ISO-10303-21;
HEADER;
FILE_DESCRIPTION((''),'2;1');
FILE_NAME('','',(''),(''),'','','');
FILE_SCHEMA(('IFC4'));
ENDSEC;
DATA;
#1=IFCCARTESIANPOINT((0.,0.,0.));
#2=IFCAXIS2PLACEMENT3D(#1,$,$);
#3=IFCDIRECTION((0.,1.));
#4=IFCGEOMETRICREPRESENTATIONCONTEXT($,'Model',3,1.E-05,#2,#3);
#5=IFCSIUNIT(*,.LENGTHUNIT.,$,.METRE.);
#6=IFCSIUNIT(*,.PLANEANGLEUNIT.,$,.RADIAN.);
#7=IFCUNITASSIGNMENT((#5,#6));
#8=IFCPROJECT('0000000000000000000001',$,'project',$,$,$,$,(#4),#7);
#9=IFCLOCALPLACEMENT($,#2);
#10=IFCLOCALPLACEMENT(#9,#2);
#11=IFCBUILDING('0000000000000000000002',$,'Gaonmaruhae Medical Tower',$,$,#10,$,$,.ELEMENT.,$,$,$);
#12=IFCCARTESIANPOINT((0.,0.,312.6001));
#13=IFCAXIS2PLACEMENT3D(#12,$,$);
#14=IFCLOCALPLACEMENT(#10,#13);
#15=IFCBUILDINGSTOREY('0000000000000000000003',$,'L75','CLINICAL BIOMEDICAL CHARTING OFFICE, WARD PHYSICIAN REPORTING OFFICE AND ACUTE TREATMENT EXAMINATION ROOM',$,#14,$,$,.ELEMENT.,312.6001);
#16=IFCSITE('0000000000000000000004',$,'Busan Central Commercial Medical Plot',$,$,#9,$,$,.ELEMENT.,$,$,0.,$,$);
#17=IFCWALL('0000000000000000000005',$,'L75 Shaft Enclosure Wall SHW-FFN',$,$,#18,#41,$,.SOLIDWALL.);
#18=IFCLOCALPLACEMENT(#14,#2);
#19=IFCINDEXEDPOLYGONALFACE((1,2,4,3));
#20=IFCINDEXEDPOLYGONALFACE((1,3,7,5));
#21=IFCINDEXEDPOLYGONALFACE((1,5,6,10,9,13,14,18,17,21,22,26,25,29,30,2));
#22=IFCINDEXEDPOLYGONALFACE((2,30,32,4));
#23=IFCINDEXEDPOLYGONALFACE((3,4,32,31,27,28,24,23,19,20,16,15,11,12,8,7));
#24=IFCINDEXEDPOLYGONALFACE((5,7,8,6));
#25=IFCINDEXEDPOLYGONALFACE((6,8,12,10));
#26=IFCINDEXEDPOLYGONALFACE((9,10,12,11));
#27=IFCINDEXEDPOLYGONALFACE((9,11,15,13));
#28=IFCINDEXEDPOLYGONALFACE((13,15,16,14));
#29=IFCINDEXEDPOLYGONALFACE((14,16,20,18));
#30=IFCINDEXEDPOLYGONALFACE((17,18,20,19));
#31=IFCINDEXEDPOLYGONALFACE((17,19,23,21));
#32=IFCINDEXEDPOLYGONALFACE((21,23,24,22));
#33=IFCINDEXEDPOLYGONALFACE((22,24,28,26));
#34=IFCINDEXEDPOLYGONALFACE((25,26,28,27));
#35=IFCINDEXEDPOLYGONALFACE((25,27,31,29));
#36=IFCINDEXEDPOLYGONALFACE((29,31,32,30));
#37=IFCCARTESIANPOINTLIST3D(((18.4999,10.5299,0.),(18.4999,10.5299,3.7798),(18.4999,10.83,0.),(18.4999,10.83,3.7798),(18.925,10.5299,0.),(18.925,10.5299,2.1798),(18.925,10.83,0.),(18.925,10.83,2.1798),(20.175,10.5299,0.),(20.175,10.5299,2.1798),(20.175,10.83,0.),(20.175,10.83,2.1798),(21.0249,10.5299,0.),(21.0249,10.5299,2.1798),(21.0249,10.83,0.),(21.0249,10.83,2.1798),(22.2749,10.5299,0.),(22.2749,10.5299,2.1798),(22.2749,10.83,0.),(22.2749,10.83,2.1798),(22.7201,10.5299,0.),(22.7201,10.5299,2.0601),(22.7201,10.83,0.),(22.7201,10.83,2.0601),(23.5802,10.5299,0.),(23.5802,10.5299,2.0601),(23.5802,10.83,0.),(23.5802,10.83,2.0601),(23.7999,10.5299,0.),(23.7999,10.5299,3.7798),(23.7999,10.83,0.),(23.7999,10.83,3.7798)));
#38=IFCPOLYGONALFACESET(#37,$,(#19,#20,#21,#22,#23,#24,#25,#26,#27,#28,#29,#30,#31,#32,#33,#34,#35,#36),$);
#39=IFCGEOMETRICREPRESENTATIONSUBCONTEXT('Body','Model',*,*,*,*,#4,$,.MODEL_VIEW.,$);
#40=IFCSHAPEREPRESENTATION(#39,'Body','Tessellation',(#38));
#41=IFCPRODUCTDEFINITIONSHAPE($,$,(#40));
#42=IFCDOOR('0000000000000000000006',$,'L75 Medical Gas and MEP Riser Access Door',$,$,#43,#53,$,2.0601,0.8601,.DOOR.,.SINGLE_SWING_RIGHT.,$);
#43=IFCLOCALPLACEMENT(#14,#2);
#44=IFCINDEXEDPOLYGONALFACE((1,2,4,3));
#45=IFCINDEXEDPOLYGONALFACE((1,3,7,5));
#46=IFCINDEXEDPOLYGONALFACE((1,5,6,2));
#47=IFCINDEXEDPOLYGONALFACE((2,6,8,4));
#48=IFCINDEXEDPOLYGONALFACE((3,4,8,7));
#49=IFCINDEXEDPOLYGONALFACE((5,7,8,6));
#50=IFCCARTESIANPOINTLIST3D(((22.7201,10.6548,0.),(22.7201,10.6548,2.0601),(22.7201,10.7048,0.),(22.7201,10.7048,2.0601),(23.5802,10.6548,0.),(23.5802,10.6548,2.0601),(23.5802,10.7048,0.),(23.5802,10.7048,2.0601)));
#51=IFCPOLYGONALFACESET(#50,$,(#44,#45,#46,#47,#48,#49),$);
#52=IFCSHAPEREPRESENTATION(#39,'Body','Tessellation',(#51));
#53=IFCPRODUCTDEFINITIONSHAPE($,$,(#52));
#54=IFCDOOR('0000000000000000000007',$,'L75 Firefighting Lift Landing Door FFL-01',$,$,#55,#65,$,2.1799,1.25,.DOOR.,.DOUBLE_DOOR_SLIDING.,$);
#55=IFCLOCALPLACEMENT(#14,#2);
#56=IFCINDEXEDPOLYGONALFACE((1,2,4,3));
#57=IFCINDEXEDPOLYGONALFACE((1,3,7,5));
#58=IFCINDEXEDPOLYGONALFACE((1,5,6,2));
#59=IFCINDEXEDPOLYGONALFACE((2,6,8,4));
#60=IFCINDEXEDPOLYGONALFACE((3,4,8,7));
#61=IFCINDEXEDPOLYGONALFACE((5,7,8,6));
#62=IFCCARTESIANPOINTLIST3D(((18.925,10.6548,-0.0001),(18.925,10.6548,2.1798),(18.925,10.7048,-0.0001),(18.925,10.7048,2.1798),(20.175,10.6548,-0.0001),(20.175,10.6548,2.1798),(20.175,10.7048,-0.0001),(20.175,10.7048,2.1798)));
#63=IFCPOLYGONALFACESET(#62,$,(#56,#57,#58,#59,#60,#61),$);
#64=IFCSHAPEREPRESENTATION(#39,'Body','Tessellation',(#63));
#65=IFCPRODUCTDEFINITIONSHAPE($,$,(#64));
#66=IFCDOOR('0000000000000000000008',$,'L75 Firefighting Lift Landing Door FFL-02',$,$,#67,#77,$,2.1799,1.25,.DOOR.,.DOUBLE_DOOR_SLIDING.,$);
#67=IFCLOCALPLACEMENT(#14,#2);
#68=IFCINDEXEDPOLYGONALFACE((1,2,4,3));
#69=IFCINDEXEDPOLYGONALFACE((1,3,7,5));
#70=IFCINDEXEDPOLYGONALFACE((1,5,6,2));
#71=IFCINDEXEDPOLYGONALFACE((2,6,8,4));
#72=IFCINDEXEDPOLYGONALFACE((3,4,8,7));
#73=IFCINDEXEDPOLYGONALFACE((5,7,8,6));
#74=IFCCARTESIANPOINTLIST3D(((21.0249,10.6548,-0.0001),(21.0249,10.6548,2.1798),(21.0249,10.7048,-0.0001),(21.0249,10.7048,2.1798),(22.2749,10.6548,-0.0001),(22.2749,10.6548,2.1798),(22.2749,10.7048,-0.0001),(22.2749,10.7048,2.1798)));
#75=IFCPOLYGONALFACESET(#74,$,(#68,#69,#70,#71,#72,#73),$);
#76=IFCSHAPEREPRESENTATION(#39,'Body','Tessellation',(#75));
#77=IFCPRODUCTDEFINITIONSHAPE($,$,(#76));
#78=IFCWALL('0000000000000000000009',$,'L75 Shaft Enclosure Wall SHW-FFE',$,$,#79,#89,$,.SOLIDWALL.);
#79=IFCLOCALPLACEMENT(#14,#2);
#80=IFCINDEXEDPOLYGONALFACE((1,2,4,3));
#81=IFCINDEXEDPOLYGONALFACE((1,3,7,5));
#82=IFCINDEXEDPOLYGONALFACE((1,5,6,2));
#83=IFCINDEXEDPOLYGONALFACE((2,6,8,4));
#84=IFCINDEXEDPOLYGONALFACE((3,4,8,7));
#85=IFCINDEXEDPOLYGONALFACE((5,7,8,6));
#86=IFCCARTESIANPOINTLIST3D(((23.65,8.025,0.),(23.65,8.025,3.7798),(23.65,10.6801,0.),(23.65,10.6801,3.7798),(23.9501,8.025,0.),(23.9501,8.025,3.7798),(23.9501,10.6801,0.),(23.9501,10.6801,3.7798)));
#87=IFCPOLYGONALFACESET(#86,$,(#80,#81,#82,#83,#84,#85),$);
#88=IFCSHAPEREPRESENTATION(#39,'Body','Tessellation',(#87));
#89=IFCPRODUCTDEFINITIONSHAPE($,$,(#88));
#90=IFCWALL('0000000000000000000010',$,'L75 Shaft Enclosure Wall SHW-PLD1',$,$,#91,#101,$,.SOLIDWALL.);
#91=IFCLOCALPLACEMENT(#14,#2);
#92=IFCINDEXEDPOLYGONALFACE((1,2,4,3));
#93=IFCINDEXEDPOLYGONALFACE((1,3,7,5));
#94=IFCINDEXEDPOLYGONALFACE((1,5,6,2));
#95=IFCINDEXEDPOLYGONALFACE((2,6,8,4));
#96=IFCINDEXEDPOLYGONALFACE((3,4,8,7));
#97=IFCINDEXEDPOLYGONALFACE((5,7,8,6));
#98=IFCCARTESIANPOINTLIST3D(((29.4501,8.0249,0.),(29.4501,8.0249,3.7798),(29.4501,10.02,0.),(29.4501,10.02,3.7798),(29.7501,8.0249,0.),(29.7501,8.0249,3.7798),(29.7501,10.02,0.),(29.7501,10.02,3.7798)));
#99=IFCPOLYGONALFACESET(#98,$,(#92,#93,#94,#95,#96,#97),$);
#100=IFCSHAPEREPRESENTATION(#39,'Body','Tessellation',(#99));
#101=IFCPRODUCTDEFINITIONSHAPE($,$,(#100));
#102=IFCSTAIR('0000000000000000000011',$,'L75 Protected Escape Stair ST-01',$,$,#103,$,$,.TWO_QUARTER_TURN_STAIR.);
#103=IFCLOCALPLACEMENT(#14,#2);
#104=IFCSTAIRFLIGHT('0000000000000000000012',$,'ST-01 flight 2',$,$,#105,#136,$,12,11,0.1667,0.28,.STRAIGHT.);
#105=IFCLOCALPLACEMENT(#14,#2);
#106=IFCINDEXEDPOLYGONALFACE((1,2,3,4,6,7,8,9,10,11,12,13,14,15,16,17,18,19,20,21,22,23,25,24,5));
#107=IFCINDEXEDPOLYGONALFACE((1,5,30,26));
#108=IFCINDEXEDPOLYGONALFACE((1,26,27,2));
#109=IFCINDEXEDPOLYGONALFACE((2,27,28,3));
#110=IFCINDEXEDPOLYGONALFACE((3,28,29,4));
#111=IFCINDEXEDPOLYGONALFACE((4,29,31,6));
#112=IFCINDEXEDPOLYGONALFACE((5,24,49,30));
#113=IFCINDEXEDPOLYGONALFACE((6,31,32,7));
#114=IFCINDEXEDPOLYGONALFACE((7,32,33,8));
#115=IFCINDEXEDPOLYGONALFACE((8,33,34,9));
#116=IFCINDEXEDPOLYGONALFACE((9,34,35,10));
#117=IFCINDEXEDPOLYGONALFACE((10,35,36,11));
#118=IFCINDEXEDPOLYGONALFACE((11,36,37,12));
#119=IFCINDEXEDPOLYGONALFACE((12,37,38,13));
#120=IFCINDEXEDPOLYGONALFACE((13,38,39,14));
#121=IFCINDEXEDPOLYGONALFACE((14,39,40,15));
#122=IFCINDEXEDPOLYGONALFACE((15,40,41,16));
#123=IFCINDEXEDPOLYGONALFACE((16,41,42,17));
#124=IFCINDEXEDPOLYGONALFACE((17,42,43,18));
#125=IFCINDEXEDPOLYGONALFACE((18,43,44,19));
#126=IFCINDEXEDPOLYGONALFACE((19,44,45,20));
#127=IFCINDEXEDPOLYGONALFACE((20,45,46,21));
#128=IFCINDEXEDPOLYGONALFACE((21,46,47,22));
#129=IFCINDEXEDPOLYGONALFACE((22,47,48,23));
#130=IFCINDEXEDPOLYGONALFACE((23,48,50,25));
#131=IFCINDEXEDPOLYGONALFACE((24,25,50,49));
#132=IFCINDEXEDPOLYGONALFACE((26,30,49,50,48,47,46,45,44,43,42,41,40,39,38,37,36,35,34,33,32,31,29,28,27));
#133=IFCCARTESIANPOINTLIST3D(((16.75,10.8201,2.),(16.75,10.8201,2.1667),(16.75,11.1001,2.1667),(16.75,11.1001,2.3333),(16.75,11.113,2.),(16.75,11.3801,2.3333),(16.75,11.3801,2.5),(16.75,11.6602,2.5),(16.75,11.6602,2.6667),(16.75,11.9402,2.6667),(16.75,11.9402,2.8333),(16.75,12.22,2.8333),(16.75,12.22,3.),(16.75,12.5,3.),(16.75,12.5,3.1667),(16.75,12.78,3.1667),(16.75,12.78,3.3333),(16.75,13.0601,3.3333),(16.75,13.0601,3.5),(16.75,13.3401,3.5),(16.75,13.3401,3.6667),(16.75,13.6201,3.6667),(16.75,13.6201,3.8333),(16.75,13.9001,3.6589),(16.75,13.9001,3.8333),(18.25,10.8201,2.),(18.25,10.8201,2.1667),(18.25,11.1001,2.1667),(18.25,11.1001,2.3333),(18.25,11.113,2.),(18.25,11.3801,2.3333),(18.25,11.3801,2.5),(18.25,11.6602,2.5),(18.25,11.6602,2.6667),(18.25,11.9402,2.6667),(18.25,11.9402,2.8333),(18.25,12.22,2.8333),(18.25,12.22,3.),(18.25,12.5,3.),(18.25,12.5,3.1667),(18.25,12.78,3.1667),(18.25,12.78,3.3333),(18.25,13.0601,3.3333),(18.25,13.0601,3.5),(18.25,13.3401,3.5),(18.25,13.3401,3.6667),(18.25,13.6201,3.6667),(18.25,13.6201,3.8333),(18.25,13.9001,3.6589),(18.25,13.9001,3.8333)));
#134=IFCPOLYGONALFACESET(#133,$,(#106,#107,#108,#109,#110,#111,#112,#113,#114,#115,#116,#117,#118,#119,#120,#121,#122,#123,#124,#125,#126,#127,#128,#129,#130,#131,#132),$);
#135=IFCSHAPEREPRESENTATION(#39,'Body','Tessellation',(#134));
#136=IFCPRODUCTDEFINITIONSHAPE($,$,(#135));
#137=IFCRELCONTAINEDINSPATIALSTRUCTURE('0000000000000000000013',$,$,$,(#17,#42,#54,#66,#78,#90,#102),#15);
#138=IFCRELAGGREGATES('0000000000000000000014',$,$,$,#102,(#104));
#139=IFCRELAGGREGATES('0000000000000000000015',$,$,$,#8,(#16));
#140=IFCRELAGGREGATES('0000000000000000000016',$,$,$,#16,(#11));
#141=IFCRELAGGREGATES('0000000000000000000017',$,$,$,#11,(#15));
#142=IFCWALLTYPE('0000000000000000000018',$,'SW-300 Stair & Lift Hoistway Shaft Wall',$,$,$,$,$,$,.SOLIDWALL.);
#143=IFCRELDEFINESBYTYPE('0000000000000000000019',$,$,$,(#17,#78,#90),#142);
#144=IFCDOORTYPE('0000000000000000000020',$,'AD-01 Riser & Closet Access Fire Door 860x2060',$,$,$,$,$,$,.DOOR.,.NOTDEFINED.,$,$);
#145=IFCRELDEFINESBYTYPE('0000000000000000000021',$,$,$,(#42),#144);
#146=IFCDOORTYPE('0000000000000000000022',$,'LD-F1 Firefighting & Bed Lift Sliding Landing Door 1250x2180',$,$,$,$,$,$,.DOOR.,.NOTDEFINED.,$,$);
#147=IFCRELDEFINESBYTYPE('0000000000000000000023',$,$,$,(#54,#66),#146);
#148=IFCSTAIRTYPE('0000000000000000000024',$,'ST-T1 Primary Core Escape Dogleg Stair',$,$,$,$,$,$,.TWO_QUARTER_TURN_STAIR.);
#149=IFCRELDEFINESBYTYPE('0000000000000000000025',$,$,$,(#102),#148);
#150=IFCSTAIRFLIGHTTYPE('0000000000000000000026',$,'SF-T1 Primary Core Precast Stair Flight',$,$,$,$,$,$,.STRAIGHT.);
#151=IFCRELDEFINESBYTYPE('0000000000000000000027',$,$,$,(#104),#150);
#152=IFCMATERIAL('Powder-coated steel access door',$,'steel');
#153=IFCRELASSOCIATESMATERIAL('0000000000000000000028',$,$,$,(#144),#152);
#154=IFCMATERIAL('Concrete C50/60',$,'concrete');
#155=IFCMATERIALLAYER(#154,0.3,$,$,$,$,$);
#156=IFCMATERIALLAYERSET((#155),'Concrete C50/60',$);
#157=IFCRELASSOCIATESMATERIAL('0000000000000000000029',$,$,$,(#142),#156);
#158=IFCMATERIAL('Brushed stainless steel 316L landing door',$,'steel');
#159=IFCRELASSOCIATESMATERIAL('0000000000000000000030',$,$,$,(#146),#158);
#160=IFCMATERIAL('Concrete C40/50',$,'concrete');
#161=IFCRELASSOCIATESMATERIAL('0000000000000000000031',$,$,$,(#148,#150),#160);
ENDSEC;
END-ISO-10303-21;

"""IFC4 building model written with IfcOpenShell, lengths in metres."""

from ifc_helpers import new_model, si_unit, direction, frame, frame_2d, origin, place, context, subcontext, project, spatial, polyline, rectangle, outline, extrude, material, layer, layer_set, type_object, element, fill, aggregate, save


model = new_model("IFC4")

# Units and contexts
model_context = context("Model", 3, precision=1e-05, world=origin(), true_north=direction((0.0, 1.0)))
body_context = subcontext(model_context, "Body", "Model", "MODEL_VIEW")
ifc_project = project(units=[si_unit("LENGTHUNIT", "METRE"), si_unit("PLANEANGLEUNIT", "RADIAN")], contexts=[model_context])

# Site, building, storey
site_placement = place(None, origin())
site = spatial("IfcSite", under=ifc_project, at=site_placement, Name="Busan Central Commercial Medical Plot", CompositionType="ELEMENT", RefElevation=0.0)
building_placement = place(site_placement, origin())
building = spatial("IfcBuilding", under=site, at=building_placement, Name="Gaonmaruhae Medical Tower", CompositionType="ELEMENT")
storey_placement = place(building_placement, frame((0.0, 0.0, 312.6001)))
storey = spatial("IfcBuildingStorey", under=building, at=storey_placement, Name="L75", Description="CLINICAL BIOMEDICAL CHARTING OFFICE, WARD PHYSICIAN REPORTING OFFICE AND ACUTE TREATMENT EXAMINATION ROOM", CompositionType="ELEMENT", Elevation=312.6001)

# Shared definitions
ifc_material_1 = material(Name="Concrete C50/60", Category="concrete")

# Shared definitions
ifc_material_2 = material(Name="Powder-coated steel access door", Category="steel")
door_type_1 = type_object("IfcDoorType", Name="AD-01 Riser & Closet Access Fire Door 860x2060", OperationType="NOTDEFINED", PredefinedType="DOOR", material=ifc_material_2)

# Wall, openings, doors
ifc_layer_1 = layer(ifc_material_1, 0.3)
ifc_layer_set_1 = layer_set([ifc_layer_1], Name="Concrete C50/60")
wall_type_1 = type_object("IfcWallType", Name="SW-300 Stair & Lift Hoistway Shaft Wall", PredefinedType="SOLIDWALL", material=ifc_layer_set_1)
wall_1_placement = place(storey_placement, frame((18.5, 10.6799, 0.0), z_axis=(0.0, 0.0, 1.0), x_axis=(1.0, 0.0, 0.0)))
wall_1 = element("IfcWall", 1, at=wall_1_placement, inside=storey, type_object=wall_type_1, Name="L75 Shaft Enclosure Wall SHW-FFN", PredefinedType="SOLIDWALL", context=body_context, shape_type="SweptSolid", body=[
    extrude(rectangle(XDim=5.3, YDim=0.3, at=frame_2d((2.6499, 0.0))), origin(), (0.0, 0.0, 1.0), 3.7798),
])
opening_1_placement = place(wall_1_placement, frame((4.22, 0.0, 0.0)))
opening_1 = element("IfcOpeningElement", 2, at=opening_1_placement, cuts=wall_1, PredefinedType="OPENING", context=body_context, shape_type="SweptSolid", body=[
    extrude(rectangle(XDim=0.8601, YDim=2.0601, at=frame_2d((0.4302, 1.03))), frame((0.0, 0.1602, 0.0), z_axis=(0.0, -1.0, 0.0), x_axis=(1.0, 0.0, 0.0)), (0.0, 0.0, 1.0), 0.3201),
])
opening_2_placement = place(wall_1_placement, frame((0.425, 0.0, 0.0)))
opening_2 = element("IfcOpeningElement", 3, at=opening_2_placement, cuts=wall_1, PredefinedType="OPENING", context=body_context, shape_type="SweptSolid", body=[
    extrude(rectangle(XDim=1.25, YDim=2.1799, at=frame_2d((0.625, 1.0898))), frame((0.0, 0.1602, 0.0), z_axis=(0.0, -1.0, 0.0), x_axis=(1.0, 0.0, 0.0)), (0.0, 0.0, 1.0), 0.3201),
])
opening_3_placement = place(wall_1_placement, frame((2.5249, 0.0, 0.0)))
opening_3 = element("IfcOpeningElement", 4, at=opening_3_placement, cuts=wall_1, PredefinedType="OPENING", context=body_context, shape_type="SweptSolid", body=[
    extrude(rectangle(XDim=1.25, YDim=2.1799, at=frame_2d((0.625, 1.0898))), frame((0.0, 0.1602, 0.0), z_axis=(0.0, -1.0, 0.0), x_axis=(1.0, 0.0, 0.0)), (0.0, 0.0, 1.0), 0.3201),
])
door_1_placement = place(opening_1_placement, origin())
door_1 = element("IfcDoor", 5, at=door_1_placement, inside=storey, type_object=door_type_1, Name="L75 Medical Gas and MEP Riser Access Door", OperationType="SINGLE_SWING_RIGHT", OverallHeight=2.0601, OverallWidth=0.8601, PredefinedType="DOOR", context=body_context, shape_type="SweptSolid", body=[
    extrude(rectangle(XDim=0.8601, YDim=2.0601, at=frame_2d((0.4302, 1.03))), frame((0.0, 0.0249, 0.0), z_axis=(0.0, -1.0, 0.0), x_axis=(1.0, 0.0, 0.0)), (0.0, 0.0, 1.0), 0.05),
])
fill(opening_1, door_1)
ifc_material_3 = material(Name="Brushed stainless steel 316L landing door", Category="steel")
door_type_2 = type_object("IfcDoorType", Name="LD-F1 Firefighting & Bed Lift Sliding Landing Door 1250x2180", OperationType="NOTDEFINED", PredefinedType="DOOR", material=ifc_material_3)
door_2_placement = place(opening_2_placement, origin())
door_2 = element("IfcDoor", 6, at=door_2_placement, inside=storey, type_object=door_type_2, Name="L75 Firefighting Lift Landing Door FFL-01", OperationType="DOUBLE_DOOR_SLIDING", OverallHeight=2.1799, OverallWidth=1.25, PredefinedType="DOOR", context=body_context, shape_type="SweptSolid", body=[
    extrude(rectangle(XDim=1.25, YDim=2.1799, at=frame_2d((0.625, 1.0898))), frame((0.0, 0.0249, 0.0), z_axis=(0.0, -1.0, 0.0), x_axis=(1.0, 0.0, 0.0)), (0.0, 0.0, 1.0), 0.05),
])
fill(opening_2, door_2)
door_3_placement = place(opening_3_placement, origin())
door_3 = element("IfcDoor", 7, at=door_3_placement, inside=storey, type_object=door_type_2, Name="L75 Firefighting Lift Landing Door FFL-02", OperationType="DOUBLE_DOOR_SLIDING", OverallHeight=2.1799, OverallWidth=1.25, PredefinedType="DOOR", context=body_context, shape_type="SweptSolid", body=[
    extrude(rectangle(XDim=1.25, YDim=2.1799, at=frame_2d((0.625, 1.0898))), frame((0.0, 0.0249, 0.0), z_axis=(0.0, -1.0, 0.0), x_axis=(1.0, 0.0, 0.0)), (0.0, 0.0, 1.0), 0.05),
])
fill(opening_3, door_3)

# Wall
wall_2_placement = place(storey_placement, frame((23.8, 8.0249, 0.0), z_axis=(0.0, 0.0, 1.0), x_axis=(0.0, 1.0, 0.0)))
element("IfcWall", 8, at=wall_2_placement, inside=storey, type_object=wall_type_1, Name="L75 Shaft Enclosure Wall SHW-FFE", PredefinedType="SOLIDWALL", context=body_context, shape_type="SweptSolid", body=[
    extrude(rectangle(XDim=2.655, YDim=0.3, at=frame_2d((1.3276, 0.0))), origin(), (0.0, 0.0, 1.0), 3.7798),
])

# Wall
wall_3_placement = place(storey_placement, frame((29.6001, 8.0249, 0.0), z_axis=(0.0, 0.0, 1.0), x_axis=(0.0, 1.0, 0.0)))
element("IfcWall", 9, at=wall_3_placement, inside=storey, type_object=wall_type_1, Name="L75 Shaft Enclosure Wall SHW-PLD1", PredefinedType="SOLIDWALL", context=body_context, shape_type="SweptSolid", body=[
    extrude(rectangle(XDim=1.9951, YDim=0.3, at=frame_2d((0.9976, 0.0))), origin(), (0.0, 0.0, 1.0), 3.7798),
])

# Stair, stair flight
ifc_material_4 = material(Name="Concrete C40/50", Category="concrete")
stair_type = type_object("IfcStairType", Name="ST-T1 Primary Core Escape Dogleg Stair", PredefinedType="TWO_QUARTER_TURN_STAIR", material=ifc_material_4)
stair_placement = place(storey_placement, origin())
stair = element("IfcStair", 10, at=stair_placement, inside=storey, type_object=stair_type, Name="L75 Protected Escape Stair ST-01", PredefinedType="TWO_QUARTER_TURN_STAIR")
stair_flight_type = type_object("IfcStairFlightType", Name="SF-T1 Primary Core Precast Stair Flight", PredefinedType="STRAIGHT", material=ifc_material_4)
stair_flight_placement = place(storey_placement, frame((17.5, 10.8201, 2.0), z_axis=(0.0, 0.0, 1.0), x_axis=(0.0, 1.0, 0.0)))
stair_flight = element("IfcStairFlight", 11, at=stair_flight_placement, type_object=stair_flight_type, Name="ST-01 flight 2", NumberOfRisers=12, NumberOfTreads=11, PredefinedType="STRAIGHT", RiserHeight=0.1667, TreadLength=0.28, context=body_context, shape_type="SweptSolid", body=[
    extrude(outline(polyline([(0.0, 0.0), (0.0, 0.1667), (0.28, 0.1667), (0.28, 0.3333), (0.5601, 0.3333), (0.5601, 0.5), (0.8401, 0.5), (0.8401, 0.6667), (1.1201, 0.6667), (1.1201, 0.8333), (1.3999, 0.8333), (1.3999, 1.0), (1.6799, 1.0), (1.6799, 1.1667), (1.96, 1.1667), (1.96, 1.3333), (2.24, 1.3333), (2.24, 1.5), (2.52, 1.5), (2.52, 1.6667), (2.8, 1.6667), (2.8, 1.8333), (3.0801, 1.8333), (3.0801, 2.0), (3.0801, 1.6589), (0.293, 0.0), (0.0, 0.0)])), frame((0.0, 0.75, 0.0), z_axis=(0.0, -1.0, 0.0), x_axis=(1.0, 0.0, 0.0)), (0.0, 0.0, 1.0), 1.5),
])
aggregate(stair, [stair_flight])

save(model, "model.ifc")
